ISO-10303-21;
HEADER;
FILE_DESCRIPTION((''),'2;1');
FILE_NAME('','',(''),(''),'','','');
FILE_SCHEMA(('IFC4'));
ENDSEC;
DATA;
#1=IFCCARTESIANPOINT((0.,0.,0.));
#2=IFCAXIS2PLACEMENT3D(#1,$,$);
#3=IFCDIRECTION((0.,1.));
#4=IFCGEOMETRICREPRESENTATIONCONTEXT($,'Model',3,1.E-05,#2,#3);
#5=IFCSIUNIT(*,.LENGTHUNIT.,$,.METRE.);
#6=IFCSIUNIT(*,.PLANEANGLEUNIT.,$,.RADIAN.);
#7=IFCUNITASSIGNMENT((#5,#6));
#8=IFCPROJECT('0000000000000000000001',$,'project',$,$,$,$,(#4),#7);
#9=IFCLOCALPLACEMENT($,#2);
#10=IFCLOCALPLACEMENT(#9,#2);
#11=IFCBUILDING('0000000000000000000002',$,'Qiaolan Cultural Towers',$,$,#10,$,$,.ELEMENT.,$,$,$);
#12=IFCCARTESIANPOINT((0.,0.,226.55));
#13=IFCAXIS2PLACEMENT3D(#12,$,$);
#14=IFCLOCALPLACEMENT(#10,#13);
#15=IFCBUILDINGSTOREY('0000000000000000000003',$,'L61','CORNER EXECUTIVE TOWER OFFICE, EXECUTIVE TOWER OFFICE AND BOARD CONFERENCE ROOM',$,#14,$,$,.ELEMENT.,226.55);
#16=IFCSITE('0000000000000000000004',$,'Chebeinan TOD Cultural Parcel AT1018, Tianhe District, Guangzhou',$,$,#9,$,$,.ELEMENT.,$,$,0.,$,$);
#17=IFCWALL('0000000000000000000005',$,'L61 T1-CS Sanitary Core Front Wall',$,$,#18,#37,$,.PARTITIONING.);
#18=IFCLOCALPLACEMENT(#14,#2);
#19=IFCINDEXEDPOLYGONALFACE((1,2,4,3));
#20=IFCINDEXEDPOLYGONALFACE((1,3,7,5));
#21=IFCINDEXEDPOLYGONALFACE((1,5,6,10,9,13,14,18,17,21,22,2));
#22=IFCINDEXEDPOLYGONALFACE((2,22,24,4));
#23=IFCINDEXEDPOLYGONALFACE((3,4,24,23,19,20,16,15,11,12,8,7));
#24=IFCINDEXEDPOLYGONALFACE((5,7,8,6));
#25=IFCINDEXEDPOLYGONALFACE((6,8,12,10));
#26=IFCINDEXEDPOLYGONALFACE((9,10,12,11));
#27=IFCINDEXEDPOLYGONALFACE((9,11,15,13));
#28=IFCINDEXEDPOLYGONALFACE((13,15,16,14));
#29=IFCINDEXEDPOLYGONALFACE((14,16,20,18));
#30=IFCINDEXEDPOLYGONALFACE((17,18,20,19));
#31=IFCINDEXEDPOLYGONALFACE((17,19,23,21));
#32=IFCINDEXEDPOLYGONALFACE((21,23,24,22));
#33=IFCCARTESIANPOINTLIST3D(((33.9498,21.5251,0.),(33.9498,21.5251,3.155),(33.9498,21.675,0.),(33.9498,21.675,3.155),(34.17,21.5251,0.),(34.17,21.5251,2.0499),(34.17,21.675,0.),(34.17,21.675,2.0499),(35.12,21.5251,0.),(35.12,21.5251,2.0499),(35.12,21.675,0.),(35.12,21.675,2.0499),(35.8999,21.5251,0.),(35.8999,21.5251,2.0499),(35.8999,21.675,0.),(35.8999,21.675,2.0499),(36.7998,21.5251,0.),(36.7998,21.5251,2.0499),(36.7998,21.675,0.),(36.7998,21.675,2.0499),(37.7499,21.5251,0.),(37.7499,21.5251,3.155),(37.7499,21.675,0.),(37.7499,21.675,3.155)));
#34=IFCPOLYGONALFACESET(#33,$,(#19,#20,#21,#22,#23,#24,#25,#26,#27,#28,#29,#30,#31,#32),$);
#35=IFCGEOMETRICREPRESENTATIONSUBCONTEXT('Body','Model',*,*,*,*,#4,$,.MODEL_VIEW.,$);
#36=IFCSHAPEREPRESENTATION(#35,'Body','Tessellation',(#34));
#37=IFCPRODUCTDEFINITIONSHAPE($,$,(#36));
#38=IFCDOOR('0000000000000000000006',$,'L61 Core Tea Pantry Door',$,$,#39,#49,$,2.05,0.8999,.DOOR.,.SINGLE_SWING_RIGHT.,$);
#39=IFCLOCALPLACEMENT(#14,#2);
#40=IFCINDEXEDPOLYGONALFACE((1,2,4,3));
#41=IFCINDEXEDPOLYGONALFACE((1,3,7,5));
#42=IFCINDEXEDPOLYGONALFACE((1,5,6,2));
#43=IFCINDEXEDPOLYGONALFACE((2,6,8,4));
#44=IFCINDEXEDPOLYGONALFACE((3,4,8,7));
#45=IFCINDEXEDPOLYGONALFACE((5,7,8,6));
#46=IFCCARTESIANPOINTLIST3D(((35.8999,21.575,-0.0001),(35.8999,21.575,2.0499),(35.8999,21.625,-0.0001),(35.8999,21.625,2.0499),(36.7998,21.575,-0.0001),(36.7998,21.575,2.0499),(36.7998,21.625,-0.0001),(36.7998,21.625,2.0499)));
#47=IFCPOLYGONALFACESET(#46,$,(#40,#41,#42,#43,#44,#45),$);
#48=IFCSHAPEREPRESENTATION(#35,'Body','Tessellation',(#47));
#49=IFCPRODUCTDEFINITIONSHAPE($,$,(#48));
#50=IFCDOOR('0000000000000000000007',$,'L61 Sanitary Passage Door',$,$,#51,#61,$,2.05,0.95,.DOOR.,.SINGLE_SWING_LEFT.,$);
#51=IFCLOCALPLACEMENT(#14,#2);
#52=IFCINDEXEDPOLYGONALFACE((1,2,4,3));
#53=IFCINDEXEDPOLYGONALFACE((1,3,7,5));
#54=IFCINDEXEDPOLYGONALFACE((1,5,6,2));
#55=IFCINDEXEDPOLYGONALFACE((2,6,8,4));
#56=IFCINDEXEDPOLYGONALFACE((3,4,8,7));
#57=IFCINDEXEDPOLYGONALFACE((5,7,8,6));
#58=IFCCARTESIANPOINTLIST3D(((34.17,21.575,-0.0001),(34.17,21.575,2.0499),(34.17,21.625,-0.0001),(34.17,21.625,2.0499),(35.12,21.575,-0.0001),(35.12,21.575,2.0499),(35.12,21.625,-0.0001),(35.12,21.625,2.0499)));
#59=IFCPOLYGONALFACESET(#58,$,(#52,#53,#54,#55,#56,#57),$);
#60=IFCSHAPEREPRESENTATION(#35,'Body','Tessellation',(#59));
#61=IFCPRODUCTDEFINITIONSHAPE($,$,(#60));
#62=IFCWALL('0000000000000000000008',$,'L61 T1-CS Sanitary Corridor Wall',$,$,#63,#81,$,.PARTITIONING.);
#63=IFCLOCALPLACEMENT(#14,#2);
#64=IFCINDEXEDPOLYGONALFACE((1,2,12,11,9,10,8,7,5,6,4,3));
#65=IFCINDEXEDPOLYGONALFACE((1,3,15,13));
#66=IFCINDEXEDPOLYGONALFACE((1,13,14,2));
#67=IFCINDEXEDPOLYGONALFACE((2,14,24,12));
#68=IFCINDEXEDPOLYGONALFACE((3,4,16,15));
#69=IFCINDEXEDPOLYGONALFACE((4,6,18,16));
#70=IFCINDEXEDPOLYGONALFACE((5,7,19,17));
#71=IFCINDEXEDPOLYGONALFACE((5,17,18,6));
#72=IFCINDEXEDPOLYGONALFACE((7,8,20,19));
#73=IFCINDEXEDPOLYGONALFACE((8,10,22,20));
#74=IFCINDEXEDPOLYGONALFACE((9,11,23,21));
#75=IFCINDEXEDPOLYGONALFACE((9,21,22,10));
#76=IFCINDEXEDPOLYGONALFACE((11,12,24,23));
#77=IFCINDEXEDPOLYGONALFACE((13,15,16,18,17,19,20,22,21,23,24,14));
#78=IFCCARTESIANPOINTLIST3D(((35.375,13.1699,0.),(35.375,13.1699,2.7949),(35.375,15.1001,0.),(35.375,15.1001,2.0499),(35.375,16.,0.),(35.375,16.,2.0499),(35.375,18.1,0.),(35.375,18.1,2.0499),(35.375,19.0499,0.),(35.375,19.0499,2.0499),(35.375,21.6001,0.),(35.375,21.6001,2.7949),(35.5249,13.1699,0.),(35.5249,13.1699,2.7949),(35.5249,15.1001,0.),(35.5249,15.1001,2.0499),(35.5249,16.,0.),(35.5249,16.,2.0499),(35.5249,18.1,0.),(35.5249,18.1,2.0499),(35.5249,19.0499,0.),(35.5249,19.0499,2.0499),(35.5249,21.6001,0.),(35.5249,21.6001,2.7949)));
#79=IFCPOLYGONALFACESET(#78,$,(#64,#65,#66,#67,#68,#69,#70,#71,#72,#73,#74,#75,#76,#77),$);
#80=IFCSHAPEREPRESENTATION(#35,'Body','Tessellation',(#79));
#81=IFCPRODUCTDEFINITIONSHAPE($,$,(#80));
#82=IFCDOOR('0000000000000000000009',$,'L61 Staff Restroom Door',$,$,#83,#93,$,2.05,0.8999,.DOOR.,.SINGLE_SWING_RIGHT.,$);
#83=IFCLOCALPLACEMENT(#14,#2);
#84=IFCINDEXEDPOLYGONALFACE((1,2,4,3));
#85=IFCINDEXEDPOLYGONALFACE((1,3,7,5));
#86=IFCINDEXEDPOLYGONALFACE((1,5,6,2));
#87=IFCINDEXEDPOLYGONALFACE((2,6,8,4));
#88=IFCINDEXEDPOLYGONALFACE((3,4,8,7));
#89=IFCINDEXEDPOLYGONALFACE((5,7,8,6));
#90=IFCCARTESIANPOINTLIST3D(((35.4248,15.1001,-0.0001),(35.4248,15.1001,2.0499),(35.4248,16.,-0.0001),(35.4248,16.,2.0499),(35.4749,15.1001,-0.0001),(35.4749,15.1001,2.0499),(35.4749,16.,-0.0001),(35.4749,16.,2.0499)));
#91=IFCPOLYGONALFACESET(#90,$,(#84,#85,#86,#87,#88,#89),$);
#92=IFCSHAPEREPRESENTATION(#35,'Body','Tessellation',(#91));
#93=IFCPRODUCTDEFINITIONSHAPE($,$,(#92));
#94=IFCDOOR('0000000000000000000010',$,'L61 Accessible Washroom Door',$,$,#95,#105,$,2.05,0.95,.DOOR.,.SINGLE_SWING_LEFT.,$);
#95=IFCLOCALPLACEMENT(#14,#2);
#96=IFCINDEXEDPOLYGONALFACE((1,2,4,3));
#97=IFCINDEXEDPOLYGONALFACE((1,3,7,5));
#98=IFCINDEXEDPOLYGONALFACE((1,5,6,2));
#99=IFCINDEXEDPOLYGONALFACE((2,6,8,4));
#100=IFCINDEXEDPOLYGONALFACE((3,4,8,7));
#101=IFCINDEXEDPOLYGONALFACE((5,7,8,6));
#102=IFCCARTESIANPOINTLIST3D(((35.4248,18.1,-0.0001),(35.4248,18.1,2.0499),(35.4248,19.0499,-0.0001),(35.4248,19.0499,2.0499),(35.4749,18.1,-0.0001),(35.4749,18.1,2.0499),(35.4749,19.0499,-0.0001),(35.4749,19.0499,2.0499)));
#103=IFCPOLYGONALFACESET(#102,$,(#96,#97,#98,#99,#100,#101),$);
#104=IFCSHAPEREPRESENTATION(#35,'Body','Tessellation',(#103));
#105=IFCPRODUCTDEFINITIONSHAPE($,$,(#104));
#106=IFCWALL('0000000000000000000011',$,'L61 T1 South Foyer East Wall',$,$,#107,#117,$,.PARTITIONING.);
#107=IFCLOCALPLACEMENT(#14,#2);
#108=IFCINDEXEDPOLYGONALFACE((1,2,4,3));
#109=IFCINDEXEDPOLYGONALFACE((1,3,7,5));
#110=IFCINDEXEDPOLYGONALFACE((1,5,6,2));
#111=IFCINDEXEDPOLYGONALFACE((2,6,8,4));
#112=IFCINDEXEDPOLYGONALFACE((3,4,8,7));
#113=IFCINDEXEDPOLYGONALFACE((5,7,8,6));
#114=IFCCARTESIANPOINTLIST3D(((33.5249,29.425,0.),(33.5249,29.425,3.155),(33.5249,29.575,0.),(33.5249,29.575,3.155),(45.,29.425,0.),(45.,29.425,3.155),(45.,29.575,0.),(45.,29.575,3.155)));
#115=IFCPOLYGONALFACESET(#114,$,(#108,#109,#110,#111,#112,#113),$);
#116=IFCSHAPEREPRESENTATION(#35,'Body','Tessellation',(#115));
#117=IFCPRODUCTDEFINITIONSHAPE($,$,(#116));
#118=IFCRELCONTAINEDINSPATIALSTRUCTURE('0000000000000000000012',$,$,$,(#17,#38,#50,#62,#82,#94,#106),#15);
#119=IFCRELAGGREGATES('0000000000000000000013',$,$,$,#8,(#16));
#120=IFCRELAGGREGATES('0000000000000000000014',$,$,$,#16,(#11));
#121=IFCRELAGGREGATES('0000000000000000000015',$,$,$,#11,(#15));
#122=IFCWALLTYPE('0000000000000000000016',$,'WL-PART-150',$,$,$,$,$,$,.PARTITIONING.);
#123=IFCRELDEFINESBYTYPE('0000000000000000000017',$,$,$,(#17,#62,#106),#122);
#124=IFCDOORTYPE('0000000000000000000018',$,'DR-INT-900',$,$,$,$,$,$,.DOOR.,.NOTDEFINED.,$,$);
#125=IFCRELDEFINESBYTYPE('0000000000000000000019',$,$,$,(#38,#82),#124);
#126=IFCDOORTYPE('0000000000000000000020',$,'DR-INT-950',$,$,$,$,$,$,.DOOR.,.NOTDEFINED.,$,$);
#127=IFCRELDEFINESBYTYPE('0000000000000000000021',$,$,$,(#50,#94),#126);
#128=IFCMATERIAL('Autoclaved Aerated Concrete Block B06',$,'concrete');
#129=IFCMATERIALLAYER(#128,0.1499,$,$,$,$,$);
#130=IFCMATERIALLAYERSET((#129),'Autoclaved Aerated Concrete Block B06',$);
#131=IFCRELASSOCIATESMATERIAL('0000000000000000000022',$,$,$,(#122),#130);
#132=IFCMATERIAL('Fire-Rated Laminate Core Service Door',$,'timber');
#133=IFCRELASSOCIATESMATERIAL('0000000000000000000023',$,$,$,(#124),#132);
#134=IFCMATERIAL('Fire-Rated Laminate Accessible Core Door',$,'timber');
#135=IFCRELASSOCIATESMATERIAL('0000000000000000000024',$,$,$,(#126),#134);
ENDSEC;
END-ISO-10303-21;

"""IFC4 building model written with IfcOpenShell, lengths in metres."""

from ifc_helpers import new_model, si_unit, direction, frame, frame_2d, origin, place, context, subcontext, project, spatial, rectangle, extrude, material, layer, layer_set, type_object, element, fill, save


model = new_model("IFC4")

# Units and contexts
model_context = context("Model", 3, precision=1e-05, world=origin(), true_north=direction((0.0, 1.0)))
body_context = subcontext(model_context, "Body", "Model", "MODEL_VIEW")
ifc_project = project(units=[si_unit("LENGTHUNIT", "METRE"), si_unit("PLANEANGLEUNIT", "RADIAN")], contexts=[model_context])

# Site, building, storey
site_placement = place(None, origin())
site = spatial("IfcSite", under=ifc_project, at=site_placement, Name="Chebeinan TOD Cultural Parcel AT1018, Tianhe District, Guangzhou", CompositionType="ELEMENT", RefElevation=0.0)
building_placement = place(site_placement, origin())
building = spatial("IfcBuilding", under=site, at=building_placement, Name="Qiaolan Cultural Towers", CompositionType="ELEMENT")
storey_placement = place(building_placement, frame((0.0, 0.0, 226.55)))
storey = spatial("IfcBuildingStorey", under=building, at=storey_placement, Name="L61", Description="CORNER EXECUTIVE TOWER OFFICE, EXECUTIVE TOWER OFFICE AND BOARD CONFERENCE ROOM", CompositionType="ELEMENT", Elevation=226.55)

# Shared definitions
ifc_material_1 = material(Name="Autoclaved Aerated Concrete Block B06", Category="concrete")
ifc_layer_1 = layer(ifc_material_1, 0.1499)
ifc_layer_set_1 = layer_set([ifc_layer_1], Name="Autoclaved Aerated Concrete Block B06")
wall_type_1 = type_object("IfcWallType", Name="WL-PART-150", PredefinedType="PARTITIONING", material=ifc_layer_set_1)

# Walls, openings, doors
wall_1_placement = place(storey_placement, frame((33.95, 21.6001, 0.0), z_axis=(0.0, 0.0, 1.0), x_axis=(1.0, 0.0, 0.0)))
wall_1 = element("IfcWall", 1, at=wall_1_placement, inside=storey, type_object=wall_type_1, Name="L61 T1-CS Sanitary Core Front Wall", PredefinedType="PARTITIONING", context=body_context, shape_type="SweptSolid", body=[
    extrude(rectangle(XDim=3.8, YDim=0.1499, at=frame_2d((1.8999, 0.0))), origin(), (0.0, 0.0, 1.0), 3.155),
])
opening_1_placement = place(wall_1_placement, frame((0.22, 0.0, 0.0)))
opening_1 = element("IfcOpeningElement", 2, at=opening_1_placement, cuts=wall_1, PredefinedType="OPENING", context=body_context, shape_type="SweptSolid", body=[
    extrude(rectangle(XDim=0.95, YDim=2.05, at=frame_2d((0.4751, 1.0249))), frame((0.0, 0.085, 0.0), z_axis=(0.0, -1.0, 0.0), x_axis=(1.0, 0.0, 0.0)), (0.0, 0.0, 1.0), 0.1699),
])
opening_2_placement = place(wall_1_placement, frame((1.95, 0.0, 0.0)))
opening_2 = element("IfcOpeningElement", 3, at=opening_2_placement, cuts=wall_1, PredefinedType="OPENING", context=body_context, shape_type="SweptSolid", body=[
    extrude(rectangle(XDim=0.8999, YDim=2.05, at=frame_2d((0.45, 1.0249))), frame((0.0, 0.085, 0.0), z_axis=(0.0, -1.0, 0.0), x_axis=(1.0, 0.0, 0.0)), (0.0, 0.0, 1.0), 0.1699),
])
ifc_material_2 = material(Name="Fire-Rated Laminate Core Service Door", Category="timber")
door_type_1 = type_object("IfcDoorType", Name="DR-INT-900", OperationType="NOTDEFINED", PredefinedType="DOOR", material=ifc_material_2)
door_1_placement = place(opening_2_placement, origin())
door_1 = element("IfcDoor", 4, at=door_1_placement, inside=storey, type_object=door_type_1, Name="L61 Core Tea Pantry Door", OperationType="SINGLE_SWING_RIGHT", OverallHeight=2.05, OverallWidth=0.8999, PredefinedType="DOOR", context=body_context, shape_type="SweptSolid", body=[
    extrude(rectangle(XDim=0.8999, YDim=2.05, at=frame_2d((0.45, 1.0249))), frame((0.0, 0.0249, 0.0), z_axis=(0.0, -1.0, 0.0), x_axis=(1.0, 0.0, 0.0)), (0.0, 0.0, 1.0), 0.05),
])
fill(opening_2, door_1)
ifc_material_3 = material(Name="Fire-Rated Laminate Accessible Core Door", Category="timber")
door_type_2 = type_object("IfcDoorType", Name="DR-INT-950", OperationType="NOTDEFINED", PredefinedType="DOOR", material=ifc_material_3)
door_2_placement = place(opening_1_placement, origin())
door_2 = element("IfcDoor", 5, at=door_2_placement, inside=storey, type_object=door_type_2, Name="L61 Sanitary Passage Door", OperationType="SINGLE_SWING_LEFT", OverallHeight=2.05, OverallWidth=0.95, PredefinedType="DOOR", context=body_context, shape_type="SweptSolid", body=[
    extrude(rectangle(XDim=0.95, YDim=2.05, at=frame_2d((0.4751, 1.0249))), frame((0.0, 0.0249, 0.0), z_axis=(0.0, -1.0, 0.0), x_axis=(1.0, 0.0, 0.0)), (0.0, 0.0, 1.0), 0.05),
])
fill(opening_1, door_2)
wall_2_placement = place(storey_placement, frame((35.45, 21.6001, 0.0), z_axis=(0.0, 0.0, 1.0), x_axis=(0.0, -1.0, 0.0)))
wall_2 = element("IfcWall", 6, at=wall_2_placement, inside=storey, type_object=wall_type_1, Name="L61 T1-CS Sanitary Corridor Wall", PredefinedType="PARTITIONING", context=body_context, shape_type="SweptSolid", body=[
    extrude(rectangle(XDim=8.4302, YDim=0.1499, at=frame_2d((4.2151, 0.0))), origin(), (0.0, 0.0, 1.0), 2.7949),
])
opening_3_placement = place(wall_2_placement, frame((2.55, 0.0, 0.0)))
opening_3 = element("IfcOpeningElement", 7, at=opening_3_placement, cuts=wall_2, PredefinedType="OPENING", context=body_context, shape_type="SweptSolid", body=[
    extrude(rectangle(XDim=0.95, YDim=2.05, at=frame_2d((0.4751, 1.0249))), frame((0.0, 0.085, 0.0), z_axis=(0.0, -1.0, 0.0), x_axis=(1.0, 0.0, 0.0)), (0.0, 0.0, 1.0), 0.1699),
])
opening_4_placement = place(wall_2_placement, frame((5.6001, 0.0, 0.0)))
opening_4 = element("IfcOpeningElement", 8, at=opening_4_placement, cuts=wall_2, PredefinedType="OPENING", context=body_context, shape_type="SweptSolid", body=[
    extrude(rectangle(XDim=0.8999, YDim=2.05, at=frame_2d((0.45, 1.0249))), frame((0.0, 0.085, 0.0), z_axis=(0.0, -1.0, 0.0), x_axis=(1.0, 0.0, 0.0)), (0.0, 0.0, 1.0), 0.1699),
])
door_3_placement = place(opening_4_placement, origin())
door_3 = element("IfcDoor", 9, at=door_3_placement, inside=storey, type_object=door_type_1, Name="L61 Staff Restroom Door", OperationType="SINGLE_SWING_RIGHT", OverallHeight=2.05, OverallWidth=0.8999, PredefinedType="DOOR", context=body_context, shape_type="SweptSolid", body=[
    extrude(rectangle(XDim=0.8999, YDim=2.05, at=frame_2d((0.45, 1.0249))), frame((0.0, 0.0249, 0.0), z_axis=(0.0, -1.0, 0.0), x_axis=(1.0, 0.0, 0.0)), (0.0, 0.0, 1.0), 0.05),
])
fill(opening_4, door_3)
door_4_placement = place(opening_3_placement, origin())
door_4 = element("IfcDoor", 10, at=door_4_placement, inside=storey, type_object=door_type_2, Name="L61 Accessible Washroom Door", OperationType="SINGLE_SWING_LEFT", OverallHeight=2.05, OverallWidth=0.95, PredefinedType="DOOR", context=body_context, shape_type="SweptSolid", body=[
    extrude(rectangle(XDim=0.95, YDim=2.05, at=frame_2d((0.4751, 1.0249))), frame((0.0, 0.0249, 0.0), z_axis=(0.0, -1.0, 0.0), x_axis=(1.0, 0.0, 0.0)), (0.0, 0.0, 1.0), 0.05),
])
fill(opening_3, door_4)

# Wall
wall_3_placement = place(storey_placement, frame((33.5249, 29.5, 0.0), z_axis=(0.0, 0.0, 1.0), x_axis=(1.0, 0.0, 0.0)))
element("IfcWall", 11, at=wall_3_placement, inside=storey, type_object=wall_type_1, Name="L61 T1 South Foyer East Wall", PredefinedType="PARTITIONING", context=body_context, shape_type="SweptSolid", body=[
    extrude(rectangle(XDim=11.4751, YDim=0.1499, at=frame_2d((5.7375, 0.0))), origin(), (0.0, 0.0, 1.0), 3.155),
])

save(model, "model.ifc")
